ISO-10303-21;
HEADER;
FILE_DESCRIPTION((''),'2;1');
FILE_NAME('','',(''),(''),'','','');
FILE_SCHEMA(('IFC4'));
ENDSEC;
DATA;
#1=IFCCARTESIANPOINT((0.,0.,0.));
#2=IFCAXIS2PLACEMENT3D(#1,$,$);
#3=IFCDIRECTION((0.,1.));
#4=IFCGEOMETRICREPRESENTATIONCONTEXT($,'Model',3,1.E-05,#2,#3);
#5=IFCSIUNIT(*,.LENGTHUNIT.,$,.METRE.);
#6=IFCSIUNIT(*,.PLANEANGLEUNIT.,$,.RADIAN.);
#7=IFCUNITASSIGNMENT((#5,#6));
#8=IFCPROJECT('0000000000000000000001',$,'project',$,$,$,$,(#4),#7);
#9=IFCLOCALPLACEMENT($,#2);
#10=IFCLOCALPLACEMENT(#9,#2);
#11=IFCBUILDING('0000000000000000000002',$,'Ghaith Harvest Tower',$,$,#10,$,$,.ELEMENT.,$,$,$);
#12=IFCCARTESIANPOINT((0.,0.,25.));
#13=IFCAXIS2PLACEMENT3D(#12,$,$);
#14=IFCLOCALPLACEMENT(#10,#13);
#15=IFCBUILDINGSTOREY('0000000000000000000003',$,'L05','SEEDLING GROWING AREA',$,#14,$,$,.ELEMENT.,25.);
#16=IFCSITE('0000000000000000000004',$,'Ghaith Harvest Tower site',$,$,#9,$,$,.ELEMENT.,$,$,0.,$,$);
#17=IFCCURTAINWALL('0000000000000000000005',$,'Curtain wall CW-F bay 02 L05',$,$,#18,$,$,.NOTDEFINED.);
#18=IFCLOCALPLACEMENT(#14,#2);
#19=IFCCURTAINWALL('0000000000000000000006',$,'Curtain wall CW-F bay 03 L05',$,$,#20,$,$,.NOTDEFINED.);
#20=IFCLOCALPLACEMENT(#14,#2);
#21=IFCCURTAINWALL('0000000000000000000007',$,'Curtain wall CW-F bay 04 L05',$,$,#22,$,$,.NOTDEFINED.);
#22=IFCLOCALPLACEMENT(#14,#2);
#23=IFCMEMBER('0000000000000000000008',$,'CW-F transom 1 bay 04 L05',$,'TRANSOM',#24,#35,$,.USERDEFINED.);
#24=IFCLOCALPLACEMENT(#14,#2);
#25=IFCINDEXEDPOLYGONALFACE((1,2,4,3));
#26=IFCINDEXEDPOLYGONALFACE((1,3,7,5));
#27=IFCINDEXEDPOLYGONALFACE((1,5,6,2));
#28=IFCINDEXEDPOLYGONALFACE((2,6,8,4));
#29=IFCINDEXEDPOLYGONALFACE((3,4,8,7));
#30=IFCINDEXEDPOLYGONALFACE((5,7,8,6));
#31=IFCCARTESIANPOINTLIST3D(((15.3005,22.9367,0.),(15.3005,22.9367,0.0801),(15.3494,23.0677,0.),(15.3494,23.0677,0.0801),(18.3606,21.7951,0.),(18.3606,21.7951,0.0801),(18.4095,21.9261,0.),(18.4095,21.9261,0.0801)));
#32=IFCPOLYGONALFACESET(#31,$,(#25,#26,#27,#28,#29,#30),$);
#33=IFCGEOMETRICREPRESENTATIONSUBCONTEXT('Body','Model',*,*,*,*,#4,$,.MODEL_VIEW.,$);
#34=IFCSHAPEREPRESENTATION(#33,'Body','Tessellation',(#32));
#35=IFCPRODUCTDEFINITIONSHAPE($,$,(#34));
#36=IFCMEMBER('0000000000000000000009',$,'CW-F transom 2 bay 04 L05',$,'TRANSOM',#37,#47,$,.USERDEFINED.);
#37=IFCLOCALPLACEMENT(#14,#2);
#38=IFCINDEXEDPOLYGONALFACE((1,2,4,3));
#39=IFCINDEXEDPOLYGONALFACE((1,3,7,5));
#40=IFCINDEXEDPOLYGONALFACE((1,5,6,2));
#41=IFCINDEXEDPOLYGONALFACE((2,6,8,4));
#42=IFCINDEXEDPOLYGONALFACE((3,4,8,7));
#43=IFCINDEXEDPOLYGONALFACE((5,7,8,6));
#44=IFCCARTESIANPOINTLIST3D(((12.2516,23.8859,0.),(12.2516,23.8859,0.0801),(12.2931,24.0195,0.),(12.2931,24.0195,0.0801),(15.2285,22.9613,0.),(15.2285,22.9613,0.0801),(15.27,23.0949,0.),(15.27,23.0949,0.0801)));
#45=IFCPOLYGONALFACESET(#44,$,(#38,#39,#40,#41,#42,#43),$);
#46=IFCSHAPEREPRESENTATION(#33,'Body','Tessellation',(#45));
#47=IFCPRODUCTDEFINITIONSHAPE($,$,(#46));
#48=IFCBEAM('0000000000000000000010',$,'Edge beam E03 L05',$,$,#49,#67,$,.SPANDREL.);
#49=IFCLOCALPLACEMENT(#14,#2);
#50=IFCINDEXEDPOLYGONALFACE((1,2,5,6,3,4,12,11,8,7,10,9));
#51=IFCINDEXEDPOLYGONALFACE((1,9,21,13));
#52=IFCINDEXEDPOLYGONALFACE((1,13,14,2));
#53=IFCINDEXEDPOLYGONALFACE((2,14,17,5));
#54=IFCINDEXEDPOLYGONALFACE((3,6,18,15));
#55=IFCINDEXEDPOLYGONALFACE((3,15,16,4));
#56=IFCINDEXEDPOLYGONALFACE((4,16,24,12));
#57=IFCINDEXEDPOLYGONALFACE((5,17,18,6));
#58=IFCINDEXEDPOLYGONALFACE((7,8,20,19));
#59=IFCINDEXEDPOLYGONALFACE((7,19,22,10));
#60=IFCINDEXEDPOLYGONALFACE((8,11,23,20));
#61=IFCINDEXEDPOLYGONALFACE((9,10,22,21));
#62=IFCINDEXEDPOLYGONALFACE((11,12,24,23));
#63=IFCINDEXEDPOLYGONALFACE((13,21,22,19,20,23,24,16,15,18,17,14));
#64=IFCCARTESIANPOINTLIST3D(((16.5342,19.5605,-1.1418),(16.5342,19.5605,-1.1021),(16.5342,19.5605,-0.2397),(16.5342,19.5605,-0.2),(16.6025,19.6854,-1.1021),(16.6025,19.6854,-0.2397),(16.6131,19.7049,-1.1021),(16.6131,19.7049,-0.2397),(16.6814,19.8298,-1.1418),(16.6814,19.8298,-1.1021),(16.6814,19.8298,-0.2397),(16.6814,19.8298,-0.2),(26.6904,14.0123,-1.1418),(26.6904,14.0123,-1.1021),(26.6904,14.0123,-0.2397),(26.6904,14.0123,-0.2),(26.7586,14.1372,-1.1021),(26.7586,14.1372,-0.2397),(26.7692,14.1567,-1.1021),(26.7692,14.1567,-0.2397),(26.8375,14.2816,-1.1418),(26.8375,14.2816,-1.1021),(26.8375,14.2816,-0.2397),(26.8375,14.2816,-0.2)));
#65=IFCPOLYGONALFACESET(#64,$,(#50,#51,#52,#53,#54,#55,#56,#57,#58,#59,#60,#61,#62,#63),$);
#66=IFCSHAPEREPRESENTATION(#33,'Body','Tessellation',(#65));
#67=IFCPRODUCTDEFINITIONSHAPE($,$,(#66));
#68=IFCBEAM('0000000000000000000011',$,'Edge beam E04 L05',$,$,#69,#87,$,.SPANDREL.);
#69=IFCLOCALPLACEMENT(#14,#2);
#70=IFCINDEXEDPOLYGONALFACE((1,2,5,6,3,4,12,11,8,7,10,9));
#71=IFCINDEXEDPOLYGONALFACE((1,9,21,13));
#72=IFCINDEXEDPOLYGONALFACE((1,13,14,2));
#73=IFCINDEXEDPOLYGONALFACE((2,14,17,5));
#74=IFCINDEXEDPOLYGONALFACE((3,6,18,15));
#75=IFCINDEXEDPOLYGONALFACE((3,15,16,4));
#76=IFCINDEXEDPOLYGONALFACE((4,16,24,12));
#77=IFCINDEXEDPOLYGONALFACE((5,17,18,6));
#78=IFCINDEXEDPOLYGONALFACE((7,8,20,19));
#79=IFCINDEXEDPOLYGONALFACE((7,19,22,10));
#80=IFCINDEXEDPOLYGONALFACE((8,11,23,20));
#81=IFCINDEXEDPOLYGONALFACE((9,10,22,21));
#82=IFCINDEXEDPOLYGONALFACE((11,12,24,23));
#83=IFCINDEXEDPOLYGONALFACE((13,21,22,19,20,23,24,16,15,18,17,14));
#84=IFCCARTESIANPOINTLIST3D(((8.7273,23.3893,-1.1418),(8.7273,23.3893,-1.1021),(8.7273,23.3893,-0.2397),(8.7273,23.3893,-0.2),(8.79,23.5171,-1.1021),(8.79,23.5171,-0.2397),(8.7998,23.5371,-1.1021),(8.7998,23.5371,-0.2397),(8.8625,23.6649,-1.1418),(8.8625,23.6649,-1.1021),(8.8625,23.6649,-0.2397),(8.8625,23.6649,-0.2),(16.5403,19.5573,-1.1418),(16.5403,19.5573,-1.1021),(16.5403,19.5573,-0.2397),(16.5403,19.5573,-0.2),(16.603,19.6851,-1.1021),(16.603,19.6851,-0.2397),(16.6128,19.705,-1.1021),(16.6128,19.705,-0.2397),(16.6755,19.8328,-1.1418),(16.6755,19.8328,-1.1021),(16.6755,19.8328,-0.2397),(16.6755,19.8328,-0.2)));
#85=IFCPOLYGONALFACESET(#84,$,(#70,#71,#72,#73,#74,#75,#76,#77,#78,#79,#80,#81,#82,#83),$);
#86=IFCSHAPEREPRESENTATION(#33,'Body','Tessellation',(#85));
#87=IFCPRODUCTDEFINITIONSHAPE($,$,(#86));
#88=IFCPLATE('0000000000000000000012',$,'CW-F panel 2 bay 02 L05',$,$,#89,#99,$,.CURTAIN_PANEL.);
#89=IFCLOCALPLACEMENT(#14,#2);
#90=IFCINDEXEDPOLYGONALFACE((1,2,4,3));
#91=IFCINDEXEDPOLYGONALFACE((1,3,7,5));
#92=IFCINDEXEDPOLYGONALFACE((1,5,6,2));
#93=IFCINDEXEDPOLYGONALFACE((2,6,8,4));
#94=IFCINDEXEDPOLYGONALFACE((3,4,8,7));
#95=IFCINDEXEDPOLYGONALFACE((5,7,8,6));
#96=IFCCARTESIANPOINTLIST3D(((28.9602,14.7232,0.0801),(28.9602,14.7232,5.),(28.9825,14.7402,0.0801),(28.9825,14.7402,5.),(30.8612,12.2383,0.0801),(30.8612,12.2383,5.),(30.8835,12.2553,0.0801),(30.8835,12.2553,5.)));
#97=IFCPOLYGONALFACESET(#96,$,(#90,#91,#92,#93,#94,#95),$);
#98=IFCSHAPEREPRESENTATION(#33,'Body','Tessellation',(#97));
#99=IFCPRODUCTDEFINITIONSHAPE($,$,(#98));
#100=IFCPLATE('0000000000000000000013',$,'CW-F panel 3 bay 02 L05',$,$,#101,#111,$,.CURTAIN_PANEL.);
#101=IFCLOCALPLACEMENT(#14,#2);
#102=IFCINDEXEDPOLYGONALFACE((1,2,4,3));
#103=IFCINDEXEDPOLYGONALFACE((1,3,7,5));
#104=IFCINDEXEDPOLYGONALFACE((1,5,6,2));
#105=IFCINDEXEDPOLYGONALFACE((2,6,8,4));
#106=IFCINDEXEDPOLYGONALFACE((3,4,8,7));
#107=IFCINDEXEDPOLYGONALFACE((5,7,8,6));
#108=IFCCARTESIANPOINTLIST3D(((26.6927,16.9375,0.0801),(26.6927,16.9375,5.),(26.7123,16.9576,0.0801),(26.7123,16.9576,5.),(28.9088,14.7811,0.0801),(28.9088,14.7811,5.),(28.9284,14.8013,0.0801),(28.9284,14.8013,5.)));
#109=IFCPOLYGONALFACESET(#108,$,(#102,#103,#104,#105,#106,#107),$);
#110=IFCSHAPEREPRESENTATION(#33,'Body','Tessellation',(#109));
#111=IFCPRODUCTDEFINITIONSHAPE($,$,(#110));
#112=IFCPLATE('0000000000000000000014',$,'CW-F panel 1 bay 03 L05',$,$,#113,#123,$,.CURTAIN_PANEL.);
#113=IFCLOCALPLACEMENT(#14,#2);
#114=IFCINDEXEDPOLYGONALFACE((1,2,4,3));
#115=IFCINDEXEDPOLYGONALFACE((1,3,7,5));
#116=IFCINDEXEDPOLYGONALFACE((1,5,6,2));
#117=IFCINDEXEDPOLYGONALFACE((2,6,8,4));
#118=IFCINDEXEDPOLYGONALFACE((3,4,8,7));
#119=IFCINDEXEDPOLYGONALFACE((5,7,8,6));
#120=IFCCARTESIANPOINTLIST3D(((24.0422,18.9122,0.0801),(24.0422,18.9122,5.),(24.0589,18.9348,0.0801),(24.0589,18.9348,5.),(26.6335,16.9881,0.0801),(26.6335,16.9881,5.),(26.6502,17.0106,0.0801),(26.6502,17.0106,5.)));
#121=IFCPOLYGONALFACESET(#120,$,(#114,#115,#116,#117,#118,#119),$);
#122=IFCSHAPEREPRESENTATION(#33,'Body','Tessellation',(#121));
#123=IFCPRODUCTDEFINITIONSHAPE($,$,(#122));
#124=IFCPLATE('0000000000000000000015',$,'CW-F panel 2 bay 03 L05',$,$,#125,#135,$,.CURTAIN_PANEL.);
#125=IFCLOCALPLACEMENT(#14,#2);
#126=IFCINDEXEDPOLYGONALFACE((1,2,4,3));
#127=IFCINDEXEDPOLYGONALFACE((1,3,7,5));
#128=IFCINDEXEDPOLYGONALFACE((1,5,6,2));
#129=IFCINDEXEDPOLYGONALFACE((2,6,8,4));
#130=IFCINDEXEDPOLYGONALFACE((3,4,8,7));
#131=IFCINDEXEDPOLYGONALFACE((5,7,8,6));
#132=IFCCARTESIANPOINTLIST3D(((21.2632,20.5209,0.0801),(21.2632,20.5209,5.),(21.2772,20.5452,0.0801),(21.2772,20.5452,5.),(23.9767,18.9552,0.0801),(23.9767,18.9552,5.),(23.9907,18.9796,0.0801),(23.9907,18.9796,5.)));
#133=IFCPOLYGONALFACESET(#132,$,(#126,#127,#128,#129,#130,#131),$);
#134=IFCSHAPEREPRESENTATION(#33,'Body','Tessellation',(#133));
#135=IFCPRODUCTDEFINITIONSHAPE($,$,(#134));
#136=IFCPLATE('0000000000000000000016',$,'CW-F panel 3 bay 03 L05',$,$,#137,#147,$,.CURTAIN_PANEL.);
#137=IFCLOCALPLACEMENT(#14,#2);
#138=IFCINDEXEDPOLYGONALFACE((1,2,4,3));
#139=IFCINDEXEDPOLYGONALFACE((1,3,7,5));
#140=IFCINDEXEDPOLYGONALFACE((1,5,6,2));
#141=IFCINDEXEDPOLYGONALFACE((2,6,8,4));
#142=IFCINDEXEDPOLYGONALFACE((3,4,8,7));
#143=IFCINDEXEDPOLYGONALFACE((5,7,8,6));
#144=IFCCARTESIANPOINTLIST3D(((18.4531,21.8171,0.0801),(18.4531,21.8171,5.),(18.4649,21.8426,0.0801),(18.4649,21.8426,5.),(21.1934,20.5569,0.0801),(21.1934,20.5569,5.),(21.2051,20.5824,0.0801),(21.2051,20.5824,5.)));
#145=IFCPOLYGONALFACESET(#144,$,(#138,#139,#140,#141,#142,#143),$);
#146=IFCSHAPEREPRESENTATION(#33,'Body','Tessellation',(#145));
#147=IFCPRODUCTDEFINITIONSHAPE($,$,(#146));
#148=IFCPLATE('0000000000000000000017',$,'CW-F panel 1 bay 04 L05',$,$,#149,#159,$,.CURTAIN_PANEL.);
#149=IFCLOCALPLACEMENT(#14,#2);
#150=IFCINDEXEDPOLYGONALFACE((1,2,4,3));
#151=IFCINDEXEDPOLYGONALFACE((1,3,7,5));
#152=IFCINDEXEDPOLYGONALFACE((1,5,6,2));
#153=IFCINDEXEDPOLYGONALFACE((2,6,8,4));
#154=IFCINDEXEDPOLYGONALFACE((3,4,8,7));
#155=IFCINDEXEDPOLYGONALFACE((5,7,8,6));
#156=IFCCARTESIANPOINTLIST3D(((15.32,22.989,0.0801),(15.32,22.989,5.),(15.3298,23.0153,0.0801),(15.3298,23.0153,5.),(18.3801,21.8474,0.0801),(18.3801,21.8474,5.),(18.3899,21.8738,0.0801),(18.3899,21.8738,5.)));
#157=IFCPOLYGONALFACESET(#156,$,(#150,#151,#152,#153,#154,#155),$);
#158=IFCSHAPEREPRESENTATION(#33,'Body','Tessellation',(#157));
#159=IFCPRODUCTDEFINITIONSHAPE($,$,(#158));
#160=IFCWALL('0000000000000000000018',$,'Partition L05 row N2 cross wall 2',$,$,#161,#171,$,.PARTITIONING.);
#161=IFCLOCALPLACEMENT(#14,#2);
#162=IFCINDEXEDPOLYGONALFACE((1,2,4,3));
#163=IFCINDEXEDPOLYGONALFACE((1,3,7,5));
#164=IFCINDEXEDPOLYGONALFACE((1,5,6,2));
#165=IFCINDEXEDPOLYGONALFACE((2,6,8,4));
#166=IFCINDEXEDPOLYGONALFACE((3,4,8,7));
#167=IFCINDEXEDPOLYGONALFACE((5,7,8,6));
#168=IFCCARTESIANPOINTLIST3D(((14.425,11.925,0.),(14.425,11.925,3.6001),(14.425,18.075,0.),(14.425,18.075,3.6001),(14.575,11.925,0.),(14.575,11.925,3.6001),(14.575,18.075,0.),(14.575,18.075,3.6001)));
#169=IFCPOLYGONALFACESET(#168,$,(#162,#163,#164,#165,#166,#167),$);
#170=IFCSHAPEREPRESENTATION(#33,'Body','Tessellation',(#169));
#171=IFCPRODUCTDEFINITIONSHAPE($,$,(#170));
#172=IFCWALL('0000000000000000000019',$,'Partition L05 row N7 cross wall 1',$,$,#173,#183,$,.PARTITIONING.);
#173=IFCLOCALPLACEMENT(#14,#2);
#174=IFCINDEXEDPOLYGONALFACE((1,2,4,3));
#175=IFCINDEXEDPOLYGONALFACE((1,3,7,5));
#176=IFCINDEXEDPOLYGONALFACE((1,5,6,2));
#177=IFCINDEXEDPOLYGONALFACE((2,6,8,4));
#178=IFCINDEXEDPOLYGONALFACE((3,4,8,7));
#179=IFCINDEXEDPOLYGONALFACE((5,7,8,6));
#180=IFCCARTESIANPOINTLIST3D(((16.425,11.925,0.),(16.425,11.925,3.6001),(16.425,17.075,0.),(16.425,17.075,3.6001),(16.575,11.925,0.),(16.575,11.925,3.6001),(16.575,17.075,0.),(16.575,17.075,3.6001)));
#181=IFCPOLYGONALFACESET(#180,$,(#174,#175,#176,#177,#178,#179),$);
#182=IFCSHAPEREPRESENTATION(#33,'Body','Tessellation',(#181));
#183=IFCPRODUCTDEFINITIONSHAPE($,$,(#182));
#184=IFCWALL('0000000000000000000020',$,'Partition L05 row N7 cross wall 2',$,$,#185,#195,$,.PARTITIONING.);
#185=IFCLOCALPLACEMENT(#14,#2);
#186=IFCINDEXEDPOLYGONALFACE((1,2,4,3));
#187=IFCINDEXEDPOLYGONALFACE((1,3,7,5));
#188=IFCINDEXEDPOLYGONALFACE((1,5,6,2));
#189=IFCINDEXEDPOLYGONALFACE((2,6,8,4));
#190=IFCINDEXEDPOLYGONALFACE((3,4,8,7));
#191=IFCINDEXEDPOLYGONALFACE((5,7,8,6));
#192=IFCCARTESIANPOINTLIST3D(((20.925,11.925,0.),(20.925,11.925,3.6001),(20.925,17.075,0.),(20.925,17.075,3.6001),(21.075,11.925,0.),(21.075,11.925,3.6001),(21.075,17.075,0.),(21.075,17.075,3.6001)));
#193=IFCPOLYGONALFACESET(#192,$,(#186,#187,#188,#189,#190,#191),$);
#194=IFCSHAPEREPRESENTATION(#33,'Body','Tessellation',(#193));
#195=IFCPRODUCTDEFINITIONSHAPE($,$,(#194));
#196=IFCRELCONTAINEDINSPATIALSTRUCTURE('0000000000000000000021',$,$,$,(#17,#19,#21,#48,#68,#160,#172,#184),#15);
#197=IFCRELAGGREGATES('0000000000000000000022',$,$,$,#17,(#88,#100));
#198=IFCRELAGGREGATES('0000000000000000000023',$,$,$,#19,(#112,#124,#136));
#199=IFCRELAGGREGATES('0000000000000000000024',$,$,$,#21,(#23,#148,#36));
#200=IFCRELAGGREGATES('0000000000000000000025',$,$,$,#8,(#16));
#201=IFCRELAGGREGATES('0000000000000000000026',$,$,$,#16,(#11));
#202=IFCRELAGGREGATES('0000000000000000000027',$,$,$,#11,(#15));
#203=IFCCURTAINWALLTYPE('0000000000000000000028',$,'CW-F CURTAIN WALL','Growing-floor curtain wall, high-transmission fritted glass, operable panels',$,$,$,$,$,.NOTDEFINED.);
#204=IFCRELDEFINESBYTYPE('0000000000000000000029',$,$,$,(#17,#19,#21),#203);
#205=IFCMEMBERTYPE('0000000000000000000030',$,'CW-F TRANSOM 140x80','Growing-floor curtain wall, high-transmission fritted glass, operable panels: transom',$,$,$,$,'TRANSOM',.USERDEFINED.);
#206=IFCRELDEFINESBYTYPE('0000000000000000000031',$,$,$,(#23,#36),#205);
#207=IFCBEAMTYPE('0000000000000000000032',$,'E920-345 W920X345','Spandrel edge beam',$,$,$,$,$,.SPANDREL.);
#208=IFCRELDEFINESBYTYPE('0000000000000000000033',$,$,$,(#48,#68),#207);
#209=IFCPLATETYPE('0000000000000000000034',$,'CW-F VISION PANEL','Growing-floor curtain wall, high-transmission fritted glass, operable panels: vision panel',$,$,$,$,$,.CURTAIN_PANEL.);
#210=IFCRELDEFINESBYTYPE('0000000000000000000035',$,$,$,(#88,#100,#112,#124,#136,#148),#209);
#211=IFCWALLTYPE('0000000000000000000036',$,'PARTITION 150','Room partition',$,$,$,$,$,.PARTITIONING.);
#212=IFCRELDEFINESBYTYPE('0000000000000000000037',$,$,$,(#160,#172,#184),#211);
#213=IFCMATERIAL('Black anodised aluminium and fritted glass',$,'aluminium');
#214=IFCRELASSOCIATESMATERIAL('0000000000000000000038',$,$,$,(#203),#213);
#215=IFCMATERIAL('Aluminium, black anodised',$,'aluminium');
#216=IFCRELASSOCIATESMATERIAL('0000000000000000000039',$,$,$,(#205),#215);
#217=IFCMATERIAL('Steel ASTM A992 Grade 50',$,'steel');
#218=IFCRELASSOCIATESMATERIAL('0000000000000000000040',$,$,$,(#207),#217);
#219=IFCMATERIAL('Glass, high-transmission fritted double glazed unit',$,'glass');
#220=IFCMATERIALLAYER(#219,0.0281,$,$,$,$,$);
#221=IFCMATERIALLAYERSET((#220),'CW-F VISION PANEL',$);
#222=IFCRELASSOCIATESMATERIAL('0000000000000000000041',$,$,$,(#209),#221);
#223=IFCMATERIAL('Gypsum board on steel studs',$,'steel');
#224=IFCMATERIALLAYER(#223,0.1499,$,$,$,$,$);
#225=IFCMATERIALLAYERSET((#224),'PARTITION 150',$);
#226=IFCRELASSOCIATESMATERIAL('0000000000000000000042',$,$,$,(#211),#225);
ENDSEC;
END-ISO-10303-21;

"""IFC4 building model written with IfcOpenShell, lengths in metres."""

from ifc_helpers import new_model, si_unit, direction, frame, frame_2d, origin, origin_2d, place, context, subcontext, project, spatial, rectangle, i_section, extrude, material, layer, layer_set, material_profile, profile_set, type_object, element, aggregate, save


model = new_model("IFC4")

# Units and contexts
model_context = context("Model", 3, precision=1e-05, world=origin(), true_north=direction((0.0, 1.0)))
body_context = subcontext(model_context, "Body", "Model", "MODEL_VIEW")
ifc_project = project(units=[si_unit("LENGTHUNIT", "METRE"), si_unit("PLANEANGLEUNIT", "RADIAN")], contexts=[model_context])

# Site, building, storey
site_placement = place(None, origin())
site = spatial("IfcSite", under=ifc_project, at=site_placement, Name="Ghaith Harvest Tower site", CompositionType="ELEMENT", RefElevation=0.0)
building_placement = place(site_placement, origin())
building = spatial("IfcBuilding", under=site, at=building_placement, Name="Ghaith Harvest Tower", CompositionType="ELEMENT")
storey_placement = place(building_placement, frame((0.0, 0.0, 25.0)))
storey = spatial("IfcBuildingStorey", under=building, at=storey_placement, Name="L05", Description="SEEDLING GROWING AREA", CompositionType="ELEMENT", Elevation=25.0)

# Curtain walls
ifc_material_1 = material(Name="Black anodised aluminium and fritted glass", Category="aluminium")
curtain_wall_type = type_object("IfcCurtainWallType", Name="CW-F CURTAIN WALL", Description="Growing-floor curtain wall, high-transmission fritted glass, operable panels", PredefinedType="NOTDEFINED", material=ifc_material_1)
curtain_wall_1_placement = place(storey_placement, origin())
curtain_wall_1 = element("IfcCurtainWall", 1, at=curtain_wall_1_placement, inside=storey, type_object=curtain_wall_type, Name="Curtain wall CW-F bay 02 L05", PredefinedType="NOTDEFINED")
curtain_wall_2_placement = place(storey_placement, origin())
curtain_wall_2 = element("IfcCurtainWall", 2, at=curtain_wall_2_placement, inside=storey, type_object=curtain_wall_type, Name="Curtain wall CW-F bay 03 L05", PredefinedType="NOTDEFINED")
curtain_wall_3_placement = place(storey_placement, origin())
curtain_wall_3 = element("IfcCurtainWall", 3, at=curtain_wall_3_placement, inside=storey, type_object=curtain_wall_type, Name="Curtain wall CW-F bay 04 L05", PredefinedType="NOTDEFINED")

# Members
ifc_material_2 = material(Name="Aluminium, black anodised", Category="aluminium")
ifc_material_profile_1 = material_profile(ifc_material_2, rectangle(XDim=0.1399, YDim=0.0801, at=origin_2d()), Name="CW-F TRANSOM 140x80")
ifc_profile_set_1 = profile_set([ifc_material_profile_1], Name="Aluminium, black anodised")
member_type_1 = type_object("IfcMemberType", Name="CW-F TRANSOM 140x80", Description="Growing-floor curtain wall, high-transmission fritted glass, operable panels: transom", ElementType="TRANSOM", PredefinedType="USERDEFINED", material=ifc_profile_set_1)
member_1_placement = place(storey_placement, frame((18.385, 21.8606, 0.04), z_axis=(-0.936924, 0.349534, 0.0), x_axis=(-0.349534, -0.936924, 0.0)))
member_1 = element("IfcMember", 4, at=member_1_placement, type_object=member_type_1, Name="CW-F transom 1 bay 04 L05", ObjectType="TRANSOM", PredefinedType="USERDEFINED", context=body_context, shape_type="SweptSolid", body=[
    extrude(rectangle(XDim=0.1399, YDim=0.0801, at=origin_2d()), origin(), (0.0, 0.0, 1.0), 3.2661),
])
member_2_placement = place(storey_placement, frame((15.2493, 23.0281, 0.04), z_axis=(-0.954998, 0.296611, 0.0), x_axis=(-0.296611, -0.954998, 0.0)))
member_2 = element("IfcMember", 5, at=member_2_placement, type_object=member_type_1, Name="CW-F transom 2 bay 04 L05", ObjectType="TRANSOM", PredefinedType="USERDEFINED", context=body_context, shape_type="SweptSolid", body=[
    extrude(rectangle(XDim=0.1399, YDim=0.0801, at=origin_2d()), origin(), (0.0, 0.0, 1.0), 3.1172),
])

# Beams
ifc_material_3 = material(Name="Steel ASTM A992 Grade 50", Category="steel")
ifc_material_profile_2 = material_profile(ifc_material_3, i_section(OverallWidth=0.3069, OverallDepth=0.9419, WebThickness=0.0222, FlangeThickness=0.0398, at=origin_2d()), Name="W920X345")
ifc_profile_set_2 = profile_set([ifc_material_profile_2], Name="Steel ASTM A992 Grade 50")
beam_type = type_object("IfcBeamType", Name="E920-345 W920X345", Description="Spandrel edge beam", PredefinedType="SPANDREL", material=ifc_profile_set_2)
beam_1_placement = place(storey_placement, frame((26.7639, 14.147, -0.6709), z_axis=(-0.877588, 0.479415, 0.0), x_axis=(-0.479415, -0.877588, 0.0)))
element("IfcBeam", 6, at=beam_1_placement, inside=storey, type_object=beam_type, Name="Edge beam E03 L05", PredefinedType="SPANDREL", context=body_context, shape_type="SweptSolid", body=[
    extrude(i_section(OverallWidth=0.3069, OverallDepth=0.9419, WebThickness=0.0222, FlangeThickness=0.0398, at=origin_2d()), origin(), (0.0, 0.0, 1.0), 11.5728),
])
beam_2_placement = place(storey_placement, frame((16.6079, 19.6951, -0.6709), z_axis=(-0.897824, 0.440355, 0.0), x_axis=(-0.440355, -0.897824, 0.0)))
element("IfcBeam", 7, at=beam_2_placement, inside=storey, type_object=beam_type, Name="Edge beam E04 L05", PredefinedType="SPANDREL", context=body_context, shape_type="SweptSolid", body=[
    extrude(i_section(OverallWidth=0.3069, OverallDepth=0.9419, WebThickness=0.0222, FlangeThickness=0.0398, at=origin_2d()), origin(), (0.0, 0.0, 1.0), 8.7021),
])

# Plates
ifc_material_4 = material(Name="Glass, high-transmission fritted double glazed unit", Category="glass")
ifc_layer_1 = layer(ifc_material_4, 0.0281)
ifc_layer_set_1 = layer_set([ifc_layer_1], Name="CW-F VISION PANEL")
plate_type = type_object("IfcPlateType", Name="CW-F VISION PANEL", Description="Growing-floor curtain wall, high-transmission fritted glass, operable panels: vision panel", PredefinedType="CURTAIN_PANEL", material=ifc_layer_set_1)
plate_1_placement = place(storey_placement, frame((29.9219, 13.4893, 0.0801), z_axis=(0.0, 0.0, 1.0), x_axis=(-0.607612, 0.794234, 0.0)))
plate_1 = element("IfcPlate", 8, at=plate_1_placement, type_object=plate_type, Name="CW-F panel 2 bay 02 L05", PredefinedType="CURTAIN_PANEL", context=body_context, shape_type="SweptSolid", body=[
    extrude(rectangle(XDim=3.1287, YDim=0.0281, at=origin_2d()), origin(), (0.0, 0.0, 1.0), 4.9199),
])
plate_2_placement = place(storey_placement, frame((27.8105, 15.8694, 0.0801), z_axis=(0.0, 0.0, 1.0), x_axis=(-0.716691, 0.697391, 0.0)))
plate_2 = element("IfcPlate", 9, at=plate_2_placement, type_object=plate_type, Name="CW-F panel 3 bay 02 L05", PredefinedType="CURTAIN_PANEL", context=body_context, shape_type="SweptSolid", body=[
    extrude(rectangle(XDim=3.092, YDim=0.0281, at=origin_2d()), origin(), (0.0, 0.0, 1.0), 4.9199),
])
aggregate(curtain_wall_1, [plate_1, plate_2])
plate_3_placement = place(storey_placement, frame((25.3462, 17.9614, 0.0801), z_axis=(0.0, 0.0, 1.0), x_axis=(-0.802867, 0.596158, 0.0)))
plate_3 = element("IfcPlate", 10, at=plate_3_placement, type_object=plate_type, Name="CW-F panel 1 bay 03 L05", PredefinedType="CURTAIN_PANEL", context=body_context, shape_type="SweptSolid", body=[
    extrude(rectangle(XDim=3.2275, YDim=0.0281, at=origin_2d()), origin(), (0.0, 0.0, 1.0), 4.9199),
])
plate_4_placement = place(storey_placement, frame((22.627, 19.7502, 0.0801), z_axis=(0.0, 0.0, 1.0), x_axis=(-0.866159, 0.499768, 0.0)))
plate_4 = element("IfcPlate", 11, at=plate_4_placement, type_object=plate_type, Name="CW-F panel 2 bay 03 L05", PredefinedType="CURTAIN_PANEL", context=body_context, shape_type="SweptSolid", body=[
    extrude(rectangle(XDim=3.1328, YDim=0.0281, at=origin_2d()), origin(), (0.0, 0.0, 1.0), 4.9199),
])
plate_5_placement = place(storey_placement, frame((19.8291, 21.1997, 0.0801), z_axis=(0.0, 0.0, 1.0), x_axis=(-0.90853, 0.417821, 0.0)))
plate_5 = element("IfcPlate", 12, at=plate_5_placement, type_object=plate_type, Name="CW-F panel 3 bay 03 L05", PredefinedType="CURTAIN_PANEL", context=body_context, shape_type="SweptSolid", body=[
    extrude(rectangle(XDim=3.0161, YDim=0.0281, at=origin_2d()), origin(), (0.0, 0.0, 1.0), 4.9199),
])
aggregate(curtain_wall_2, [plate_3, plate_4, plate_5])
plate_6_placement = place(storey_placement, frame((16.855, 22.4314, 0.0801), z_axis=(0.0, 0.0, 1.0), x_axis=(-0.936926, 0.349526, 0.0)))
plate_6 = element("IfcPlate", 13, at=plate_6_placement, type_object=plate_type, Name="CW-F panel 1 bay 04 L05", PredefinedType="CURTAIN_PANEL", context=body_context, shape_type="SweptSolid", body=[
    extrude(rectangle(XDim=3.2661, YDim=0.0281, at=origin_2d()), origin(), (0.0, 0.0, 1.0), 4.9199),
])
aggregate(curtain_wall_3, [member_1, plate_6, member_2])

# Walls
ifc_material_5 = material(Name="Gypsum board on steel studs", Category="steel")
ifc_layer_2 = layer(ifc_material_5, 0.1499)
ifc_layer_set_2 = layer_set([ifc_layer_2], Name="PARTITION 150")
wall_type = type_object("IfcWallType", Name="PARTITION 150", Description="Room partition", PredefinedType="PARTITIONING", material=ifc_layer_set_2)
wall_1_placement = place(storey_placement, frame((14.5, 11.925, 0.0), z_axis=(0.0, 0.0, 1.0), x_axis=(0.0, 1.0, 0.0)))
element("IfcWall", 14, at=wall_1_placement, inside=storey, type_object=wall_type, Name="Partition L05 row N2 cross wall 2", PredefinedType="PARTITIONING", context=body_context, shape_type="SweptSolid", body=[
    extrude(rectangle(XDim=6.1499, YDim=0.1499, at=frame_2d((3.075, 0.0))), origin(), (0.0, 0.0, 1.0), 3.6001),
])
for number, where, z_axis, x_axis, name in (
    (15, (16.5, 11.925, 0.0), (0.0, 0.0, 1.0), (0.0, 1.0, 0.0), "Partition L05 row N7 cross wall 1"),
    (16, (21.0, 11.925, 0.0), (0.0, 0.0, 1.0), (0.0, 1.0, 0.0), "Partition L05 row N7 cross wall 2"),
):
    element("IfcWall", number, at=place(storey_placement, frame(where, z_axis=z_axis, x_axis=x_axis)), inside=storey, type_object=wall_type, Name=name, PredefinedType="PARTITIONING", context=body_context, shape_type="SweptSolid", body=[
        extrude(rectangle(XDim=5.1499, YDim=0.1499, at=frame_2d((2.575, 0.0))), origin(), (0.0, 0.0, 1.0), 3.6001),
    ])

save(model, "model.ifc")
